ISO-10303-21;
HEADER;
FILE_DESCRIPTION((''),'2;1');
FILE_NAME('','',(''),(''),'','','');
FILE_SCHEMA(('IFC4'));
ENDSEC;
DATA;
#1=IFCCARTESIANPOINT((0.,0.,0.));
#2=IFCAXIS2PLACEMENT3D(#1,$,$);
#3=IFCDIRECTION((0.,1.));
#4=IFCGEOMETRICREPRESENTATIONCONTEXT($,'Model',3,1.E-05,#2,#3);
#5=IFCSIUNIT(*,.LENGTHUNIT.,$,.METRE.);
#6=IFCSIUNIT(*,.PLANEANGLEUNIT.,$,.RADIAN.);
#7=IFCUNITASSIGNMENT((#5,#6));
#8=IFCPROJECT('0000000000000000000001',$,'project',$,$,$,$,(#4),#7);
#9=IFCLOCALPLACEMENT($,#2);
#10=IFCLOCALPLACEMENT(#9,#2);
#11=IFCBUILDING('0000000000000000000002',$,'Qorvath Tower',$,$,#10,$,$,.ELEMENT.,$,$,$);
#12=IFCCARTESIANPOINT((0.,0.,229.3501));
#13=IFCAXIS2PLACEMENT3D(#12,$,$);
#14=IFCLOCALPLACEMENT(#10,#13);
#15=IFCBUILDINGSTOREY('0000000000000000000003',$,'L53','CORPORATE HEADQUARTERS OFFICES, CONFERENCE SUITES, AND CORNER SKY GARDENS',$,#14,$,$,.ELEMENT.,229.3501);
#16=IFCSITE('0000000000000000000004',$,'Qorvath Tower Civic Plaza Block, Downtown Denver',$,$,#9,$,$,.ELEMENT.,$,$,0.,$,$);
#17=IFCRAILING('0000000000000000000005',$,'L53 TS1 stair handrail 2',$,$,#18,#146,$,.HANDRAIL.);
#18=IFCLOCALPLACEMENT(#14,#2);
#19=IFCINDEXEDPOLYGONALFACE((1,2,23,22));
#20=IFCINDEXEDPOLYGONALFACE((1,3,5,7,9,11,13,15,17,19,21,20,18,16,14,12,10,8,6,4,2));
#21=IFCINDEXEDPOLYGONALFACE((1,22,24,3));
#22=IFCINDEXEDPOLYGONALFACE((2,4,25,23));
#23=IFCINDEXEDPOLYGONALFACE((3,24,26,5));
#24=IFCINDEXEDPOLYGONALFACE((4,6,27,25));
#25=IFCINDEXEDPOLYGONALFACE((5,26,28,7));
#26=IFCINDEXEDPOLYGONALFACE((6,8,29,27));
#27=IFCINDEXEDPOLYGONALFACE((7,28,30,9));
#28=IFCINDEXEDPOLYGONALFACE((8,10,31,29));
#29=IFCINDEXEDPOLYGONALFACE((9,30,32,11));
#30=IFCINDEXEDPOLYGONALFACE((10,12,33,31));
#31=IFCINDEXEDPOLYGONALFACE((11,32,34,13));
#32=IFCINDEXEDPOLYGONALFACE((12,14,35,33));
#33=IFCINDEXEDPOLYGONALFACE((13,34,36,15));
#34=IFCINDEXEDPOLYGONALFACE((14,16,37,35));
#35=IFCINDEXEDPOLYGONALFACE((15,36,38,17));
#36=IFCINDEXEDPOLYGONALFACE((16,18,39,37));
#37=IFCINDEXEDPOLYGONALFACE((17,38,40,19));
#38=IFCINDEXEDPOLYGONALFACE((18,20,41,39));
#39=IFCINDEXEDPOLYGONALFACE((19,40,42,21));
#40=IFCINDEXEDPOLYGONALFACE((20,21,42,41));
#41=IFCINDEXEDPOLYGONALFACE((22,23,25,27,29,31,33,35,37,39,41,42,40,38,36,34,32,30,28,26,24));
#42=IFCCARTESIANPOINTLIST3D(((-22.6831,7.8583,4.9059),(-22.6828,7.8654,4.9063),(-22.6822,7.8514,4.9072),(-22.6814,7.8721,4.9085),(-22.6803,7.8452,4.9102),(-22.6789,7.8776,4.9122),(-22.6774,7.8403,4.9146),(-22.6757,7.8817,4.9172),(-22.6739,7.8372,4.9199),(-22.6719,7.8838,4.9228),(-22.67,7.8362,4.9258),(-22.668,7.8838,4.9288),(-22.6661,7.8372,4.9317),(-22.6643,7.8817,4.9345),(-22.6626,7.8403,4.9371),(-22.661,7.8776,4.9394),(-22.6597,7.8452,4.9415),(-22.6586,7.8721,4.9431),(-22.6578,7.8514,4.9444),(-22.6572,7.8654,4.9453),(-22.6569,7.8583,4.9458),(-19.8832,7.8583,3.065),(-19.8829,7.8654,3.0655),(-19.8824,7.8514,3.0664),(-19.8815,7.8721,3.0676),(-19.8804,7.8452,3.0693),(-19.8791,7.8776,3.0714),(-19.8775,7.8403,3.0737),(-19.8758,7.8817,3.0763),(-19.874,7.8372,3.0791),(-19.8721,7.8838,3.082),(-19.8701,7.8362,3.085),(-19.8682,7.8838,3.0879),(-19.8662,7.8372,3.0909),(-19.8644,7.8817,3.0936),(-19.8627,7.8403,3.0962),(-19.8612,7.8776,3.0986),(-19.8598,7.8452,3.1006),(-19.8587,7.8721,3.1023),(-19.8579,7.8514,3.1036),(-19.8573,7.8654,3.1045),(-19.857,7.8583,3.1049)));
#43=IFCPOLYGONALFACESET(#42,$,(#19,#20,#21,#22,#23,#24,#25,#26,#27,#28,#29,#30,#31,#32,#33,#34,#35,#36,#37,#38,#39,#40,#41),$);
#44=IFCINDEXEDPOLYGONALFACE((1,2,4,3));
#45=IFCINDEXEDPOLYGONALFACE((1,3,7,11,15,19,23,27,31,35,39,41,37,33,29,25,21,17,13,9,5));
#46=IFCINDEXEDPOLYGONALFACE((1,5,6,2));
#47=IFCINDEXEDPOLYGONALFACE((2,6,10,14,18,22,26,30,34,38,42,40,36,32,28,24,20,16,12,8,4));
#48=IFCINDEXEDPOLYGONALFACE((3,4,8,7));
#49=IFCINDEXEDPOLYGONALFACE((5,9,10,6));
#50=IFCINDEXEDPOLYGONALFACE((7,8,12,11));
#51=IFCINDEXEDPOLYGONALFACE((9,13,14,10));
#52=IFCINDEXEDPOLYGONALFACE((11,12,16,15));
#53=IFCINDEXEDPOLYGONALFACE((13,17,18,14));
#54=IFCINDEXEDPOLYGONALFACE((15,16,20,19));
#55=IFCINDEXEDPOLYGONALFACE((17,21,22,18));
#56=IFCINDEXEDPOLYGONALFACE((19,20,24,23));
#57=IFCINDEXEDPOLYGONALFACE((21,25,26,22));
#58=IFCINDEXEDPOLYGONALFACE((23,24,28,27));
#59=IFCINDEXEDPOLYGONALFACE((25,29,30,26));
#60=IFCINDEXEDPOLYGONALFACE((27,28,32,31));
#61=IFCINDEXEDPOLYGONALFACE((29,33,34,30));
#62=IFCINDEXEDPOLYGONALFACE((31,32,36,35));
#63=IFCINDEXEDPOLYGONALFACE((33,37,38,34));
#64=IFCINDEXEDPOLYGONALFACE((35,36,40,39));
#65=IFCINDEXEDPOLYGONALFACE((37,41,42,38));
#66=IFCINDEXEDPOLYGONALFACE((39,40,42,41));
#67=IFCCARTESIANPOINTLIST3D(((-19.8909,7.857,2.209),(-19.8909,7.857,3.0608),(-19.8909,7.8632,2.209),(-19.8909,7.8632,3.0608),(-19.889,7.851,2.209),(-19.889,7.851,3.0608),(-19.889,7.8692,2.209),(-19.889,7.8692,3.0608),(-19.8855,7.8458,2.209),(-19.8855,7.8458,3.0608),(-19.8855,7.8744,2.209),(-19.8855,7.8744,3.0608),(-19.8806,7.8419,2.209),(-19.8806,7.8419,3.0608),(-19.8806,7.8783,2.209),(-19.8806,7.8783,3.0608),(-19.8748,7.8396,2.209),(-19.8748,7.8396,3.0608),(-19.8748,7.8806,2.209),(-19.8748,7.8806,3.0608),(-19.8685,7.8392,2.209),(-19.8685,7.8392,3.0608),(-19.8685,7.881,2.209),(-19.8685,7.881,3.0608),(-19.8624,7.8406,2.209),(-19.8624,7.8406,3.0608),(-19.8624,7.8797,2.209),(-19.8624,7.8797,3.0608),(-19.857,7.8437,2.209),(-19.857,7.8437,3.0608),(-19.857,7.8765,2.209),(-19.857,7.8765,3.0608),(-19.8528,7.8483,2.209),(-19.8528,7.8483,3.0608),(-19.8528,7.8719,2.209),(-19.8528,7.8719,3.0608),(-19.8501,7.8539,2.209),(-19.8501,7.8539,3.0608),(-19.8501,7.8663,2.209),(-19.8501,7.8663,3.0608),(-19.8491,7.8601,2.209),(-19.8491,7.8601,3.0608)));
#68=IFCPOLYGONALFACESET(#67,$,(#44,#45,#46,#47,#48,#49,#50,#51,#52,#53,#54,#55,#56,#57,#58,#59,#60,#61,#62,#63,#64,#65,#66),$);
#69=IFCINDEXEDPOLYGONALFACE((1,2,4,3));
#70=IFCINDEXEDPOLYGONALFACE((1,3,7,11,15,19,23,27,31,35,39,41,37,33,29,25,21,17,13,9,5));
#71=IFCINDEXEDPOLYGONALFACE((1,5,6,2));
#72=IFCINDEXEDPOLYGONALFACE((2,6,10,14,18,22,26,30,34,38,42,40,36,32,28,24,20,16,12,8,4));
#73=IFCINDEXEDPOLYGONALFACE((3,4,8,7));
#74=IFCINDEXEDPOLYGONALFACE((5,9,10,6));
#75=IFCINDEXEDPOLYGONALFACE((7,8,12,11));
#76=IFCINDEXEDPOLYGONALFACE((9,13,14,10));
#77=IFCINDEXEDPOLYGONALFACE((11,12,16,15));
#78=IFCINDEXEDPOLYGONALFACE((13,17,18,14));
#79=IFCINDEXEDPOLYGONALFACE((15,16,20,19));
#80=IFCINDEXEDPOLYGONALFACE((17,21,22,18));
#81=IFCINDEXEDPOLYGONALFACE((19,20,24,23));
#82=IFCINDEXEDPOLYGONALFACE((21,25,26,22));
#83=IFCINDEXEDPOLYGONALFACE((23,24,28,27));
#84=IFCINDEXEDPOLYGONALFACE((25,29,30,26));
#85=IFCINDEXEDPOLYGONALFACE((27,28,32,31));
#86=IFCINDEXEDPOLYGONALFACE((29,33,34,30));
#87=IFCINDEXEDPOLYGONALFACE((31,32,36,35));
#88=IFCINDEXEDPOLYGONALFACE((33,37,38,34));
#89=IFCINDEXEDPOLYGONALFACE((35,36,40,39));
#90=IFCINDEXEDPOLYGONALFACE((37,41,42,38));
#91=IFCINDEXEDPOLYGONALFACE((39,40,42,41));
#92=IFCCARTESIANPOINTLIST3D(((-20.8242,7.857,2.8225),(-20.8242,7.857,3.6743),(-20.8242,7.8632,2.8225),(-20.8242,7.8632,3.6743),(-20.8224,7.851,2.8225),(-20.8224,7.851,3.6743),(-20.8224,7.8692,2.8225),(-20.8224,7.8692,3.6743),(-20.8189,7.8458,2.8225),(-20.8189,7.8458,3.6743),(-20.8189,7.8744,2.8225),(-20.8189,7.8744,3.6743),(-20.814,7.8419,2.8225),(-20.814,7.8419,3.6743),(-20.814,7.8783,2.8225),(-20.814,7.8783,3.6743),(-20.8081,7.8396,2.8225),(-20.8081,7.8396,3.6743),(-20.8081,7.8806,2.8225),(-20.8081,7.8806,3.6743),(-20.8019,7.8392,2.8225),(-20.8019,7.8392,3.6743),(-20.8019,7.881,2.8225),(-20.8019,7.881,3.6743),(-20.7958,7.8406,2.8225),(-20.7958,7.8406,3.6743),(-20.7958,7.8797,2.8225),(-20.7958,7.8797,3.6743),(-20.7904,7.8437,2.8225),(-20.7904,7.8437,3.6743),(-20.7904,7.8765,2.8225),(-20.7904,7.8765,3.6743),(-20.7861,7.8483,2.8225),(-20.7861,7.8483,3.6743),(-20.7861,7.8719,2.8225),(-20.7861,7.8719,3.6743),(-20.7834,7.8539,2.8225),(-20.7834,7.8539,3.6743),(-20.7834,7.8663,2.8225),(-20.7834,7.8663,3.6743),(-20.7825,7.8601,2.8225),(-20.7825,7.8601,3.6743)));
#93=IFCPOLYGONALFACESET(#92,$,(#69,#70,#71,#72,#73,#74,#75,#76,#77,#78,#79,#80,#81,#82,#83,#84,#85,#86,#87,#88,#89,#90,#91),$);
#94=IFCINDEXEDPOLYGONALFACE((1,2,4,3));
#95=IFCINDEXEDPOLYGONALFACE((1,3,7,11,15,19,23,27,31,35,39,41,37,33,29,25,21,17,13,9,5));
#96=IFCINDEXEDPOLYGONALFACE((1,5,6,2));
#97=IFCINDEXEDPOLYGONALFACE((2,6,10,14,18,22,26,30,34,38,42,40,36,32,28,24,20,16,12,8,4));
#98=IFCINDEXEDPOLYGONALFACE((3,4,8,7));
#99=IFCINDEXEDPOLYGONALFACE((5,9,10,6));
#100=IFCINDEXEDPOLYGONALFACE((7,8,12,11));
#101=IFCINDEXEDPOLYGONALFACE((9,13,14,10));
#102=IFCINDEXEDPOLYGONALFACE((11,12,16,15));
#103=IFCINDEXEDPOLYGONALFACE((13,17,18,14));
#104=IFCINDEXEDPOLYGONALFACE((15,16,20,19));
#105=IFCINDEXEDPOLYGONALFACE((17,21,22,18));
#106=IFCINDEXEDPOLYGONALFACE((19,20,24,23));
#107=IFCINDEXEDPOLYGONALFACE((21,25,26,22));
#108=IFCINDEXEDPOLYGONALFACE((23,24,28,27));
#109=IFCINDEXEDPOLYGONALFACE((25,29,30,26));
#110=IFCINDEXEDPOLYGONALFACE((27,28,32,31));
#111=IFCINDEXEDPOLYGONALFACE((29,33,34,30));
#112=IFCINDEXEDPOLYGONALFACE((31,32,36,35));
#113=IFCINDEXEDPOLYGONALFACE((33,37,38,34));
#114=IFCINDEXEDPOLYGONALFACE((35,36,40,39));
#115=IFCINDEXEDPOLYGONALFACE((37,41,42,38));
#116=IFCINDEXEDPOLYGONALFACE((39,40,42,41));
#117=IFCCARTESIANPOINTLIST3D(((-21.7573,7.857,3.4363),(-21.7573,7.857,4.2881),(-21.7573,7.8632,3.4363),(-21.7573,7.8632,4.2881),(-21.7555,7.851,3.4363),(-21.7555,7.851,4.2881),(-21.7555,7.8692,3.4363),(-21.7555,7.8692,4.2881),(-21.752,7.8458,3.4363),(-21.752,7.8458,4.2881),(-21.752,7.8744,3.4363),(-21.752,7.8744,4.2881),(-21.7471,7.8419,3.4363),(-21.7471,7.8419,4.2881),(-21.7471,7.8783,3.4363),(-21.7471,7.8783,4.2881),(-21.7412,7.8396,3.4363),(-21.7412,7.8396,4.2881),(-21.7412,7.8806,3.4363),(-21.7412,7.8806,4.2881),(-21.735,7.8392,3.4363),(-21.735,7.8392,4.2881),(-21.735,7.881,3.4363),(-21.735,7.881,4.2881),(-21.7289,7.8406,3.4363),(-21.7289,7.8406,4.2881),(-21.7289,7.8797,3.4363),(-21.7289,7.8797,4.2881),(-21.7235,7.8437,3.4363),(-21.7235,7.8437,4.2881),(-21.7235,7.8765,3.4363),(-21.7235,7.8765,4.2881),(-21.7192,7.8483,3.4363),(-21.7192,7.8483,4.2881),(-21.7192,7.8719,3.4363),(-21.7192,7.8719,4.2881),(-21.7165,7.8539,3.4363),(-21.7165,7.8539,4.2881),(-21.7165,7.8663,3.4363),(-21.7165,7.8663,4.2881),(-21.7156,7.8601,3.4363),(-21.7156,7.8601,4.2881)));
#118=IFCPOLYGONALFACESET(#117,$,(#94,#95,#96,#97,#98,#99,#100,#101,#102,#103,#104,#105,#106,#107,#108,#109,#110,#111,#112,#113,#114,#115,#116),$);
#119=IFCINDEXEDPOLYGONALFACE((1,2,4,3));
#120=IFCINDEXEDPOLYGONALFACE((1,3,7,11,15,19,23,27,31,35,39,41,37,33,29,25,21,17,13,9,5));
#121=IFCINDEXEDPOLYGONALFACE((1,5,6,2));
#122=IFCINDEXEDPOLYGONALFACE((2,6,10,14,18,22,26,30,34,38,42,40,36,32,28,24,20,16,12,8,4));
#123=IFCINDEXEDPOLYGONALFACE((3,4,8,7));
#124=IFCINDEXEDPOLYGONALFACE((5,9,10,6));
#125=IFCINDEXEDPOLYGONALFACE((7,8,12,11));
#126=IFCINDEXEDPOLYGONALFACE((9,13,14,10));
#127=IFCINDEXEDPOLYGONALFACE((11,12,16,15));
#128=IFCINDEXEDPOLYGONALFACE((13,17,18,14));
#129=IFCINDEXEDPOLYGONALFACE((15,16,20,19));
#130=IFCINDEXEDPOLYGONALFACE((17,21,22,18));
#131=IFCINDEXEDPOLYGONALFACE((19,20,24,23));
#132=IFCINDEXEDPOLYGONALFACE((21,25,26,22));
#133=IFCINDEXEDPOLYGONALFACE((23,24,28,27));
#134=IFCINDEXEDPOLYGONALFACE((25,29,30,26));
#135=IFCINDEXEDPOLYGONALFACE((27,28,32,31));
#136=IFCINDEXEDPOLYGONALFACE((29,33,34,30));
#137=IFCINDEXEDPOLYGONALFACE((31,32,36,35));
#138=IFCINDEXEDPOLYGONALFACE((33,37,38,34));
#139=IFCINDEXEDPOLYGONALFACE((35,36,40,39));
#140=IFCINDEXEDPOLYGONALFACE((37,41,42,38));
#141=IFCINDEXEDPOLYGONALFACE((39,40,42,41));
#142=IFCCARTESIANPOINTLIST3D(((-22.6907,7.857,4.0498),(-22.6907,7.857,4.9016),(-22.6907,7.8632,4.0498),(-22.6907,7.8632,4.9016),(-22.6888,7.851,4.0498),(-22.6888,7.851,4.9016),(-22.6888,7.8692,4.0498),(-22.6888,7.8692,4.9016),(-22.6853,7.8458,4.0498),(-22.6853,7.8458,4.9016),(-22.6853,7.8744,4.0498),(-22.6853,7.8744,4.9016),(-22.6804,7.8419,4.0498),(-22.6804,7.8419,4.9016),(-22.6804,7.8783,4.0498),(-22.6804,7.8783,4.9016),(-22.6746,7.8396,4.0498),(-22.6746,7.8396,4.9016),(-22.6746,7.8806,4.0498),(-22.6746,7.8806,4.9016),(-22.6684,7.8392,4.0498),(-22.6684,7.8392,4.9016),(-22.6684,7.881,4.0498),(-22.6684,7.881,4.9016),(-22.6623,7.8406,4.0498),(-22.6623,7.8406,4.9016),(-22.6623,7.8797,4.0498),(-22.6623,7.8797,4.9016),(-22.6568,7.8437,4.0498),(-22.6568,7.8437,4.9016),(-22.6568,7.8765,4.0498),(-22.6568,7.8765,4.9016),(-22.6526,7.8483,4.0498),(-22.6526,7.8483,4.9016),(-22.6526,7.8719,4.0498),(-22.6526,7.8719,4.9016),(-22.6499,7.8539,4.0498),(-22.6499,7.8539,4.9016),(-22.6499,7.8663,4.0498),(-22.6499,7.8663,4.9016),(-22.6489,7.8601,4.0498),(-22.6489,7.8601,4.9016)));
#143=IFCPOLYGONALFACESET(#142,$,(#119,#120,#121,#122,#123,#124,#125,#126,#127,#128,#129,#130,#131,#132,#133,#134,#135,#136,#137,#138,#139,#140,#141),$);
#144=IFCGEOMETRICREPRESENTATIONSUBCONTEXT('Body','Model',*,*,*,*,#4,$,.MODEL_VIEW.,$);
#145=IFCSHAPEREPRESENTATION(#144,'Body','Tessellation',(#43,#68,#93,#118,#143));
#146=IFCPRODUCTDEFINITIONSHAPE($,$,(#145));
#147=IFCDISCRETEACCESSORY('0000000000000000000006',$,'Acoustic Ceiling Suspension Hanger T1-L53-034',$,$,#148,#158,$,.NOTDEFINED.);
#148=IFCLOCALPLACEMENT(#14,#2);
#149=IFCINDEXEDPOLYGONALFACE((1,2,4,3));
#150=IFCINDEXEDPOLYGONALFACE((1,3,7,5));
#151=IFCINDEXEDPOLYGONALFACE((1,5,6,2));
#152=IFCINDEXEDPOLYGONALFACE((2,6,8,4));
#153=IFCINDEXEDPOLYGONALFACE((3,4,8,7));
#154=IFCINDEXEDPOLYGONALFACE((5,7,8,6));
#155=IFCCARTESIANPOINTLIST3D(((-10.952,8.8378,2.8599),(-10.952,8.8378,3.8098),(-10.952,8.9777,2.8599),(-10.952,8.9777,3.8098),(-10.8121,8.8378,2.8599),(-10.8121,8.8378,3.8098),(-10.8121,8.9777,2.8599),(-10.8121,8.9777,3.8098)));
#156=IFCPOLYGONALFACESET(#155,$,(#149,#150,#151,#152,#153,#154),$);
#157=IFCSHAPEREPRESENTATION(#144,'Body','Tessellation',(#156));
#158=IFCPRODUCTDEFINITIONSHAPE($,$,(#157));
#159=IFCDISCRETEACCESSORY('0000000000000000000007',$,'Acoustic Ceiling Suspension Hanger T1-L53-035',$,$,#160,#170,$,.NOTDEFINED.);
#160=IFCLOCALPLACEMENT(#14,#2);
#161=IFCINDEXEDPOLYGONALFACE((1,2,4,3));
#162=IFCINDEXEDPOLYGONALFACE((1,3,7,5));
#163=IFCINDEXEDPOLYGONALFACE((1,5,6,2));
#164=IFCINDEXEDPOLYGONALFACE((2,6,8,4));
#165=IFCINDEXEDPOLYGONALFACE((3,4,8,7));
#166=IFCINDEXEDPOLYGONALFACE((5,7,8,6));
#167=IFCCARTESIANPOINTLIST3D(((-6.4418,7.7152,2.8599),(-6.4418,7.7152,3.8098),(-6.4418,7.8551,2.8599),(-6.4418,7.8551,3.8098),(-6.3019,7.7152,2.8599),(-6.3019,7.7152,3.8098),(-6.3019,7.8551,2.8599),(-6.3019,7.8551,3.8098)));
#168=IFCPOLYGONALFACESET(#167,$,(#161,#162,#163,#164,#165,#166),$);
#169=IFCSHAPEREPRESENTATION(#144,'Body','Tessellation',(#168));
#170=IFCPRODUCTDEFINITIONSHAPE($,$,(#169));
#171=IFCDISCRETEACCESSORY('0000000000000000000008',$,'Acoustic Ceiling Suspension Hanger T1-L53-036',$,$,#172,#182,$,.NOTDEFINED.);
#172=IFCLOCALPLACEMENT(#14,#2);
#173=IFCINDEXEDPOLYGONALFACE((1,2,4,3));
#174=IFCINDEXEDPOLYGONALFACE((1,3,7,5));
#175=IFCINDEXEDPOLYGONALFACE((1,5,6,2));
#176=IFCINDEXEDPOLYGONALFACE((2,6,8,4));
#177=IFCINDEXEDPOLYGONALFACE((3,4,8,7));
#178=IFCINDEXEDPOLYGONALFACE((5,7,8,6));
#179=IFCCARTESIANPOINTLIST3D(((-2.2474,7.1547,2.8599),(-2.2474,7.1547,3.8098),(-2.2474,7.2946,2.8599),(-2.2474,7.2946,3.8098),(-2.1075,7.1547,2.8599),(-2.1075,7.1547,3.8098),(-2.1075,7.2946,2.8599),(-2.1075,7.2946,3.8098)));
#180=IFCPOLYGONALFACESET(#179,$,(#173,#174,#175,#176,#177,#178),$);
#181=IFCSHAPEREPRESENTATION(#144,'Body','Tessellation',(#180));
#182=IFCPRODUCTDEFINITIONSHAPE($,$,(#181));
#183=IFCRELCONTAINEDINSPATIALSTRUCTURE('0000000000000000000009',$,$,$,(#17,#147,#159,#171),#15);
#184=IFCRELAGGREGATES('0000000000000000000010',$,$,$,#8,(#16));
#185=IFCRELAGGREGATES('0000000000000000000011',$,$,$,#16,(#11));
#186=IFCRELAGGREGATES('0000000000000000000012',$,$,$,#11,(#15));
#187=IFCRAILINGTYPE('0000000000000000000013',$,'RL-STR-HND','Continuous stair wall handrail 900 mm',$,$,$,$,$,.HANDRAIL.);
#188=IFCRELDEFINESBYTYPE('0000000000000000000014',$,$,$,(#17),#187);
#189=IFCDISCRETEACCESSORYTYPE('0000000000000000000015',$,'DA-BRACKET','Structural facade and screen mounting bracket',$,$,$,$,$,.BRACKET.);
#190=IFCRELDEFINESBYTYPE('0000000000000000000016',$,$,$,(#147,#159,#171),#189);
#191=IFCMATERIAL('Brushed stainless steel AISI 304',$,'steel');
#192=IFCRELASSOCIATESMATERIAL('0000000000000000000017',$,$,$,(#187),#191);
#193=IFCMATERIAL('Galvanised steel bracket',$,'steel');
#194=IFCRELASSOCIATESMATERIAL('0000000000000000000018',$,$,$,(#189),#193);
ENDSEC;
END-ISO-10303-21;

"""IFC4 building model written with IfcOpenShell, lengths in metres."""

from ifc_helpers import new_model, si_unit, direction, frame, origin, origin_2d, place, context, subcontext, project, spatial, rectangle, circle, extrude, material, type_object, element, save


model = new_model("IFC4")

# Units and contexts
model_context = context("Model", 3, precision=1e-05, world=origin(), true_north=direction((0.0, 1.0)))
body_context = subcontext(model_context, "Body", "Model", "MODEL_VIEW")
ifc_project = project(units=[si_unit("LENGTHUNIT", "METRE"), si_unit("PLANEANGLEUNIT", "RADIAN")], contexts=[model_context])

# Site, building, storey
site_placement = place(None, origin())
site = spatial("IfcSite", under=ifc_project, at=site_placement, Name="Qorvath Tower Civic Plaza Block, Downtown Denver", CompositionType="ELEMENT", RefElevation=0.0)
building_placement = place(site_placement, origin())
building = spatial("IfcBuilding", under=site, at=building_placement, Name="Qorvath Tower", CompositionType="ELEMENT")
storey_placement = place(building_placement, frame((0.0, 0.0, 229.3501)))
storey = spatial("IfcBuildingStorey", under=building, at=storey_placement, Name="L53", Description="CORPORATE HEADQUARTERS OFFICES, CONFERENCE SUITES, AND CORNER SKY GARDENS", CompositionType="ELEMENT", Elevation=229.3501)

# Railing
ifc_material_1 = material(Name="Brushed stainless steel AISI 304", Category="steel")
railing_type_1 = type_object("IfcRailingType", Name="RL-STR-HND", Description="Continuous stair wall handrail 900 mm", PredefinedType="HANDRAIL", material=ifc_material_1)
railing_1_placement = place(storey_placement, frame((-19.8701, 7.8601, 2.209)))
element("IfcRailing", 1, at=railing_1_placement, inside=storey, type_object=railing_type_1, Name="L53 TS1 stair handrail 2", PredefinedType="HANDRAIL", context=body_context, shape_type="SweptSolid", body=[
    extrude(circle(Radius=0.0239, at=origin_2d()), frame((0.0, 0.0, 0.876), z_axis=(-0.835576, 0.0, 0.549376), x_axis=(0.0, -1.0, 0.0)), (0.0, 0.0, 1.0), 3.3508),
    extrude(circle(Radius=0.021, at=origin_2d()), origin(), (0.0, 0.0, 1.0), 0.8518),
    extrude(circle(Radius=0.021, at=origin_2d()), frame((-0.9333, 0.0, 0.6135)), (0.0, 0.0, 1.0), 0.8518),
    extrude(circle(Radius=0.021, at=origin_2d()), frame((-1.8665, 0.0, 1.2273)), (0.0, 0.0, 1.0), 0.8518),
    extrude(circle(Radius=0.021, at=origin_2d()), frame((-2.7998, 0.0, 1.8408)), (0.0, 0.0, 1.0), 0.8518),
])

# Discrete accessories
ifc_material_2 = material(Name="Galvanised steel bracket", Category="steel")
discrete_accessory_type = type_object("IfcDiscreteAccessoryType", Name="DA-BRACKET", Description="Structural facade and screen mounting bracket", PredefinedType="BRACKET", material=ifc_material_2)
for number, where, z_axis, x_axis, name in (
    (2, (-10.8821, 8.9077, 2.8599), (0.0, 0.0, 1.0), (1.0, 0.0, 0.0), "Acoustic Ceiling Suspension Hanger T1-L53-034"),
    (3, (-6.3718, 7.7852, 2.8599), (0.0, 0.0, 1.0), (1.0, 0.0, 0.0), "Acoustic Ceiling Suspension Hanger T1-L53-035"),
    (4, (-2.1775, 7.2246, 2.8599), (0.0, 0.0, 1.0), (1.0, 0.0, 0.0), "Acoustic Ceiling Suspension Hanger T1-L53-036"),
):
    element("IfcDiscreteAccessory", number, at=place(storey_placement, frame(where, z_axis=z_axis, x_axis=x_axis)), inside=storey, type_object=discrete_accessory_type, Name=name, PredefinedType="NOTDEFINED", context=body_context, shape_type="SweptSolid", body=[
        extrude(rectangle(XDim=0.1399, YDim=0.1399, at=origin_2d()), origin(), (0.0, 0.0, 1.0), 0.95),
    ])

save(model, "model.ifc")
